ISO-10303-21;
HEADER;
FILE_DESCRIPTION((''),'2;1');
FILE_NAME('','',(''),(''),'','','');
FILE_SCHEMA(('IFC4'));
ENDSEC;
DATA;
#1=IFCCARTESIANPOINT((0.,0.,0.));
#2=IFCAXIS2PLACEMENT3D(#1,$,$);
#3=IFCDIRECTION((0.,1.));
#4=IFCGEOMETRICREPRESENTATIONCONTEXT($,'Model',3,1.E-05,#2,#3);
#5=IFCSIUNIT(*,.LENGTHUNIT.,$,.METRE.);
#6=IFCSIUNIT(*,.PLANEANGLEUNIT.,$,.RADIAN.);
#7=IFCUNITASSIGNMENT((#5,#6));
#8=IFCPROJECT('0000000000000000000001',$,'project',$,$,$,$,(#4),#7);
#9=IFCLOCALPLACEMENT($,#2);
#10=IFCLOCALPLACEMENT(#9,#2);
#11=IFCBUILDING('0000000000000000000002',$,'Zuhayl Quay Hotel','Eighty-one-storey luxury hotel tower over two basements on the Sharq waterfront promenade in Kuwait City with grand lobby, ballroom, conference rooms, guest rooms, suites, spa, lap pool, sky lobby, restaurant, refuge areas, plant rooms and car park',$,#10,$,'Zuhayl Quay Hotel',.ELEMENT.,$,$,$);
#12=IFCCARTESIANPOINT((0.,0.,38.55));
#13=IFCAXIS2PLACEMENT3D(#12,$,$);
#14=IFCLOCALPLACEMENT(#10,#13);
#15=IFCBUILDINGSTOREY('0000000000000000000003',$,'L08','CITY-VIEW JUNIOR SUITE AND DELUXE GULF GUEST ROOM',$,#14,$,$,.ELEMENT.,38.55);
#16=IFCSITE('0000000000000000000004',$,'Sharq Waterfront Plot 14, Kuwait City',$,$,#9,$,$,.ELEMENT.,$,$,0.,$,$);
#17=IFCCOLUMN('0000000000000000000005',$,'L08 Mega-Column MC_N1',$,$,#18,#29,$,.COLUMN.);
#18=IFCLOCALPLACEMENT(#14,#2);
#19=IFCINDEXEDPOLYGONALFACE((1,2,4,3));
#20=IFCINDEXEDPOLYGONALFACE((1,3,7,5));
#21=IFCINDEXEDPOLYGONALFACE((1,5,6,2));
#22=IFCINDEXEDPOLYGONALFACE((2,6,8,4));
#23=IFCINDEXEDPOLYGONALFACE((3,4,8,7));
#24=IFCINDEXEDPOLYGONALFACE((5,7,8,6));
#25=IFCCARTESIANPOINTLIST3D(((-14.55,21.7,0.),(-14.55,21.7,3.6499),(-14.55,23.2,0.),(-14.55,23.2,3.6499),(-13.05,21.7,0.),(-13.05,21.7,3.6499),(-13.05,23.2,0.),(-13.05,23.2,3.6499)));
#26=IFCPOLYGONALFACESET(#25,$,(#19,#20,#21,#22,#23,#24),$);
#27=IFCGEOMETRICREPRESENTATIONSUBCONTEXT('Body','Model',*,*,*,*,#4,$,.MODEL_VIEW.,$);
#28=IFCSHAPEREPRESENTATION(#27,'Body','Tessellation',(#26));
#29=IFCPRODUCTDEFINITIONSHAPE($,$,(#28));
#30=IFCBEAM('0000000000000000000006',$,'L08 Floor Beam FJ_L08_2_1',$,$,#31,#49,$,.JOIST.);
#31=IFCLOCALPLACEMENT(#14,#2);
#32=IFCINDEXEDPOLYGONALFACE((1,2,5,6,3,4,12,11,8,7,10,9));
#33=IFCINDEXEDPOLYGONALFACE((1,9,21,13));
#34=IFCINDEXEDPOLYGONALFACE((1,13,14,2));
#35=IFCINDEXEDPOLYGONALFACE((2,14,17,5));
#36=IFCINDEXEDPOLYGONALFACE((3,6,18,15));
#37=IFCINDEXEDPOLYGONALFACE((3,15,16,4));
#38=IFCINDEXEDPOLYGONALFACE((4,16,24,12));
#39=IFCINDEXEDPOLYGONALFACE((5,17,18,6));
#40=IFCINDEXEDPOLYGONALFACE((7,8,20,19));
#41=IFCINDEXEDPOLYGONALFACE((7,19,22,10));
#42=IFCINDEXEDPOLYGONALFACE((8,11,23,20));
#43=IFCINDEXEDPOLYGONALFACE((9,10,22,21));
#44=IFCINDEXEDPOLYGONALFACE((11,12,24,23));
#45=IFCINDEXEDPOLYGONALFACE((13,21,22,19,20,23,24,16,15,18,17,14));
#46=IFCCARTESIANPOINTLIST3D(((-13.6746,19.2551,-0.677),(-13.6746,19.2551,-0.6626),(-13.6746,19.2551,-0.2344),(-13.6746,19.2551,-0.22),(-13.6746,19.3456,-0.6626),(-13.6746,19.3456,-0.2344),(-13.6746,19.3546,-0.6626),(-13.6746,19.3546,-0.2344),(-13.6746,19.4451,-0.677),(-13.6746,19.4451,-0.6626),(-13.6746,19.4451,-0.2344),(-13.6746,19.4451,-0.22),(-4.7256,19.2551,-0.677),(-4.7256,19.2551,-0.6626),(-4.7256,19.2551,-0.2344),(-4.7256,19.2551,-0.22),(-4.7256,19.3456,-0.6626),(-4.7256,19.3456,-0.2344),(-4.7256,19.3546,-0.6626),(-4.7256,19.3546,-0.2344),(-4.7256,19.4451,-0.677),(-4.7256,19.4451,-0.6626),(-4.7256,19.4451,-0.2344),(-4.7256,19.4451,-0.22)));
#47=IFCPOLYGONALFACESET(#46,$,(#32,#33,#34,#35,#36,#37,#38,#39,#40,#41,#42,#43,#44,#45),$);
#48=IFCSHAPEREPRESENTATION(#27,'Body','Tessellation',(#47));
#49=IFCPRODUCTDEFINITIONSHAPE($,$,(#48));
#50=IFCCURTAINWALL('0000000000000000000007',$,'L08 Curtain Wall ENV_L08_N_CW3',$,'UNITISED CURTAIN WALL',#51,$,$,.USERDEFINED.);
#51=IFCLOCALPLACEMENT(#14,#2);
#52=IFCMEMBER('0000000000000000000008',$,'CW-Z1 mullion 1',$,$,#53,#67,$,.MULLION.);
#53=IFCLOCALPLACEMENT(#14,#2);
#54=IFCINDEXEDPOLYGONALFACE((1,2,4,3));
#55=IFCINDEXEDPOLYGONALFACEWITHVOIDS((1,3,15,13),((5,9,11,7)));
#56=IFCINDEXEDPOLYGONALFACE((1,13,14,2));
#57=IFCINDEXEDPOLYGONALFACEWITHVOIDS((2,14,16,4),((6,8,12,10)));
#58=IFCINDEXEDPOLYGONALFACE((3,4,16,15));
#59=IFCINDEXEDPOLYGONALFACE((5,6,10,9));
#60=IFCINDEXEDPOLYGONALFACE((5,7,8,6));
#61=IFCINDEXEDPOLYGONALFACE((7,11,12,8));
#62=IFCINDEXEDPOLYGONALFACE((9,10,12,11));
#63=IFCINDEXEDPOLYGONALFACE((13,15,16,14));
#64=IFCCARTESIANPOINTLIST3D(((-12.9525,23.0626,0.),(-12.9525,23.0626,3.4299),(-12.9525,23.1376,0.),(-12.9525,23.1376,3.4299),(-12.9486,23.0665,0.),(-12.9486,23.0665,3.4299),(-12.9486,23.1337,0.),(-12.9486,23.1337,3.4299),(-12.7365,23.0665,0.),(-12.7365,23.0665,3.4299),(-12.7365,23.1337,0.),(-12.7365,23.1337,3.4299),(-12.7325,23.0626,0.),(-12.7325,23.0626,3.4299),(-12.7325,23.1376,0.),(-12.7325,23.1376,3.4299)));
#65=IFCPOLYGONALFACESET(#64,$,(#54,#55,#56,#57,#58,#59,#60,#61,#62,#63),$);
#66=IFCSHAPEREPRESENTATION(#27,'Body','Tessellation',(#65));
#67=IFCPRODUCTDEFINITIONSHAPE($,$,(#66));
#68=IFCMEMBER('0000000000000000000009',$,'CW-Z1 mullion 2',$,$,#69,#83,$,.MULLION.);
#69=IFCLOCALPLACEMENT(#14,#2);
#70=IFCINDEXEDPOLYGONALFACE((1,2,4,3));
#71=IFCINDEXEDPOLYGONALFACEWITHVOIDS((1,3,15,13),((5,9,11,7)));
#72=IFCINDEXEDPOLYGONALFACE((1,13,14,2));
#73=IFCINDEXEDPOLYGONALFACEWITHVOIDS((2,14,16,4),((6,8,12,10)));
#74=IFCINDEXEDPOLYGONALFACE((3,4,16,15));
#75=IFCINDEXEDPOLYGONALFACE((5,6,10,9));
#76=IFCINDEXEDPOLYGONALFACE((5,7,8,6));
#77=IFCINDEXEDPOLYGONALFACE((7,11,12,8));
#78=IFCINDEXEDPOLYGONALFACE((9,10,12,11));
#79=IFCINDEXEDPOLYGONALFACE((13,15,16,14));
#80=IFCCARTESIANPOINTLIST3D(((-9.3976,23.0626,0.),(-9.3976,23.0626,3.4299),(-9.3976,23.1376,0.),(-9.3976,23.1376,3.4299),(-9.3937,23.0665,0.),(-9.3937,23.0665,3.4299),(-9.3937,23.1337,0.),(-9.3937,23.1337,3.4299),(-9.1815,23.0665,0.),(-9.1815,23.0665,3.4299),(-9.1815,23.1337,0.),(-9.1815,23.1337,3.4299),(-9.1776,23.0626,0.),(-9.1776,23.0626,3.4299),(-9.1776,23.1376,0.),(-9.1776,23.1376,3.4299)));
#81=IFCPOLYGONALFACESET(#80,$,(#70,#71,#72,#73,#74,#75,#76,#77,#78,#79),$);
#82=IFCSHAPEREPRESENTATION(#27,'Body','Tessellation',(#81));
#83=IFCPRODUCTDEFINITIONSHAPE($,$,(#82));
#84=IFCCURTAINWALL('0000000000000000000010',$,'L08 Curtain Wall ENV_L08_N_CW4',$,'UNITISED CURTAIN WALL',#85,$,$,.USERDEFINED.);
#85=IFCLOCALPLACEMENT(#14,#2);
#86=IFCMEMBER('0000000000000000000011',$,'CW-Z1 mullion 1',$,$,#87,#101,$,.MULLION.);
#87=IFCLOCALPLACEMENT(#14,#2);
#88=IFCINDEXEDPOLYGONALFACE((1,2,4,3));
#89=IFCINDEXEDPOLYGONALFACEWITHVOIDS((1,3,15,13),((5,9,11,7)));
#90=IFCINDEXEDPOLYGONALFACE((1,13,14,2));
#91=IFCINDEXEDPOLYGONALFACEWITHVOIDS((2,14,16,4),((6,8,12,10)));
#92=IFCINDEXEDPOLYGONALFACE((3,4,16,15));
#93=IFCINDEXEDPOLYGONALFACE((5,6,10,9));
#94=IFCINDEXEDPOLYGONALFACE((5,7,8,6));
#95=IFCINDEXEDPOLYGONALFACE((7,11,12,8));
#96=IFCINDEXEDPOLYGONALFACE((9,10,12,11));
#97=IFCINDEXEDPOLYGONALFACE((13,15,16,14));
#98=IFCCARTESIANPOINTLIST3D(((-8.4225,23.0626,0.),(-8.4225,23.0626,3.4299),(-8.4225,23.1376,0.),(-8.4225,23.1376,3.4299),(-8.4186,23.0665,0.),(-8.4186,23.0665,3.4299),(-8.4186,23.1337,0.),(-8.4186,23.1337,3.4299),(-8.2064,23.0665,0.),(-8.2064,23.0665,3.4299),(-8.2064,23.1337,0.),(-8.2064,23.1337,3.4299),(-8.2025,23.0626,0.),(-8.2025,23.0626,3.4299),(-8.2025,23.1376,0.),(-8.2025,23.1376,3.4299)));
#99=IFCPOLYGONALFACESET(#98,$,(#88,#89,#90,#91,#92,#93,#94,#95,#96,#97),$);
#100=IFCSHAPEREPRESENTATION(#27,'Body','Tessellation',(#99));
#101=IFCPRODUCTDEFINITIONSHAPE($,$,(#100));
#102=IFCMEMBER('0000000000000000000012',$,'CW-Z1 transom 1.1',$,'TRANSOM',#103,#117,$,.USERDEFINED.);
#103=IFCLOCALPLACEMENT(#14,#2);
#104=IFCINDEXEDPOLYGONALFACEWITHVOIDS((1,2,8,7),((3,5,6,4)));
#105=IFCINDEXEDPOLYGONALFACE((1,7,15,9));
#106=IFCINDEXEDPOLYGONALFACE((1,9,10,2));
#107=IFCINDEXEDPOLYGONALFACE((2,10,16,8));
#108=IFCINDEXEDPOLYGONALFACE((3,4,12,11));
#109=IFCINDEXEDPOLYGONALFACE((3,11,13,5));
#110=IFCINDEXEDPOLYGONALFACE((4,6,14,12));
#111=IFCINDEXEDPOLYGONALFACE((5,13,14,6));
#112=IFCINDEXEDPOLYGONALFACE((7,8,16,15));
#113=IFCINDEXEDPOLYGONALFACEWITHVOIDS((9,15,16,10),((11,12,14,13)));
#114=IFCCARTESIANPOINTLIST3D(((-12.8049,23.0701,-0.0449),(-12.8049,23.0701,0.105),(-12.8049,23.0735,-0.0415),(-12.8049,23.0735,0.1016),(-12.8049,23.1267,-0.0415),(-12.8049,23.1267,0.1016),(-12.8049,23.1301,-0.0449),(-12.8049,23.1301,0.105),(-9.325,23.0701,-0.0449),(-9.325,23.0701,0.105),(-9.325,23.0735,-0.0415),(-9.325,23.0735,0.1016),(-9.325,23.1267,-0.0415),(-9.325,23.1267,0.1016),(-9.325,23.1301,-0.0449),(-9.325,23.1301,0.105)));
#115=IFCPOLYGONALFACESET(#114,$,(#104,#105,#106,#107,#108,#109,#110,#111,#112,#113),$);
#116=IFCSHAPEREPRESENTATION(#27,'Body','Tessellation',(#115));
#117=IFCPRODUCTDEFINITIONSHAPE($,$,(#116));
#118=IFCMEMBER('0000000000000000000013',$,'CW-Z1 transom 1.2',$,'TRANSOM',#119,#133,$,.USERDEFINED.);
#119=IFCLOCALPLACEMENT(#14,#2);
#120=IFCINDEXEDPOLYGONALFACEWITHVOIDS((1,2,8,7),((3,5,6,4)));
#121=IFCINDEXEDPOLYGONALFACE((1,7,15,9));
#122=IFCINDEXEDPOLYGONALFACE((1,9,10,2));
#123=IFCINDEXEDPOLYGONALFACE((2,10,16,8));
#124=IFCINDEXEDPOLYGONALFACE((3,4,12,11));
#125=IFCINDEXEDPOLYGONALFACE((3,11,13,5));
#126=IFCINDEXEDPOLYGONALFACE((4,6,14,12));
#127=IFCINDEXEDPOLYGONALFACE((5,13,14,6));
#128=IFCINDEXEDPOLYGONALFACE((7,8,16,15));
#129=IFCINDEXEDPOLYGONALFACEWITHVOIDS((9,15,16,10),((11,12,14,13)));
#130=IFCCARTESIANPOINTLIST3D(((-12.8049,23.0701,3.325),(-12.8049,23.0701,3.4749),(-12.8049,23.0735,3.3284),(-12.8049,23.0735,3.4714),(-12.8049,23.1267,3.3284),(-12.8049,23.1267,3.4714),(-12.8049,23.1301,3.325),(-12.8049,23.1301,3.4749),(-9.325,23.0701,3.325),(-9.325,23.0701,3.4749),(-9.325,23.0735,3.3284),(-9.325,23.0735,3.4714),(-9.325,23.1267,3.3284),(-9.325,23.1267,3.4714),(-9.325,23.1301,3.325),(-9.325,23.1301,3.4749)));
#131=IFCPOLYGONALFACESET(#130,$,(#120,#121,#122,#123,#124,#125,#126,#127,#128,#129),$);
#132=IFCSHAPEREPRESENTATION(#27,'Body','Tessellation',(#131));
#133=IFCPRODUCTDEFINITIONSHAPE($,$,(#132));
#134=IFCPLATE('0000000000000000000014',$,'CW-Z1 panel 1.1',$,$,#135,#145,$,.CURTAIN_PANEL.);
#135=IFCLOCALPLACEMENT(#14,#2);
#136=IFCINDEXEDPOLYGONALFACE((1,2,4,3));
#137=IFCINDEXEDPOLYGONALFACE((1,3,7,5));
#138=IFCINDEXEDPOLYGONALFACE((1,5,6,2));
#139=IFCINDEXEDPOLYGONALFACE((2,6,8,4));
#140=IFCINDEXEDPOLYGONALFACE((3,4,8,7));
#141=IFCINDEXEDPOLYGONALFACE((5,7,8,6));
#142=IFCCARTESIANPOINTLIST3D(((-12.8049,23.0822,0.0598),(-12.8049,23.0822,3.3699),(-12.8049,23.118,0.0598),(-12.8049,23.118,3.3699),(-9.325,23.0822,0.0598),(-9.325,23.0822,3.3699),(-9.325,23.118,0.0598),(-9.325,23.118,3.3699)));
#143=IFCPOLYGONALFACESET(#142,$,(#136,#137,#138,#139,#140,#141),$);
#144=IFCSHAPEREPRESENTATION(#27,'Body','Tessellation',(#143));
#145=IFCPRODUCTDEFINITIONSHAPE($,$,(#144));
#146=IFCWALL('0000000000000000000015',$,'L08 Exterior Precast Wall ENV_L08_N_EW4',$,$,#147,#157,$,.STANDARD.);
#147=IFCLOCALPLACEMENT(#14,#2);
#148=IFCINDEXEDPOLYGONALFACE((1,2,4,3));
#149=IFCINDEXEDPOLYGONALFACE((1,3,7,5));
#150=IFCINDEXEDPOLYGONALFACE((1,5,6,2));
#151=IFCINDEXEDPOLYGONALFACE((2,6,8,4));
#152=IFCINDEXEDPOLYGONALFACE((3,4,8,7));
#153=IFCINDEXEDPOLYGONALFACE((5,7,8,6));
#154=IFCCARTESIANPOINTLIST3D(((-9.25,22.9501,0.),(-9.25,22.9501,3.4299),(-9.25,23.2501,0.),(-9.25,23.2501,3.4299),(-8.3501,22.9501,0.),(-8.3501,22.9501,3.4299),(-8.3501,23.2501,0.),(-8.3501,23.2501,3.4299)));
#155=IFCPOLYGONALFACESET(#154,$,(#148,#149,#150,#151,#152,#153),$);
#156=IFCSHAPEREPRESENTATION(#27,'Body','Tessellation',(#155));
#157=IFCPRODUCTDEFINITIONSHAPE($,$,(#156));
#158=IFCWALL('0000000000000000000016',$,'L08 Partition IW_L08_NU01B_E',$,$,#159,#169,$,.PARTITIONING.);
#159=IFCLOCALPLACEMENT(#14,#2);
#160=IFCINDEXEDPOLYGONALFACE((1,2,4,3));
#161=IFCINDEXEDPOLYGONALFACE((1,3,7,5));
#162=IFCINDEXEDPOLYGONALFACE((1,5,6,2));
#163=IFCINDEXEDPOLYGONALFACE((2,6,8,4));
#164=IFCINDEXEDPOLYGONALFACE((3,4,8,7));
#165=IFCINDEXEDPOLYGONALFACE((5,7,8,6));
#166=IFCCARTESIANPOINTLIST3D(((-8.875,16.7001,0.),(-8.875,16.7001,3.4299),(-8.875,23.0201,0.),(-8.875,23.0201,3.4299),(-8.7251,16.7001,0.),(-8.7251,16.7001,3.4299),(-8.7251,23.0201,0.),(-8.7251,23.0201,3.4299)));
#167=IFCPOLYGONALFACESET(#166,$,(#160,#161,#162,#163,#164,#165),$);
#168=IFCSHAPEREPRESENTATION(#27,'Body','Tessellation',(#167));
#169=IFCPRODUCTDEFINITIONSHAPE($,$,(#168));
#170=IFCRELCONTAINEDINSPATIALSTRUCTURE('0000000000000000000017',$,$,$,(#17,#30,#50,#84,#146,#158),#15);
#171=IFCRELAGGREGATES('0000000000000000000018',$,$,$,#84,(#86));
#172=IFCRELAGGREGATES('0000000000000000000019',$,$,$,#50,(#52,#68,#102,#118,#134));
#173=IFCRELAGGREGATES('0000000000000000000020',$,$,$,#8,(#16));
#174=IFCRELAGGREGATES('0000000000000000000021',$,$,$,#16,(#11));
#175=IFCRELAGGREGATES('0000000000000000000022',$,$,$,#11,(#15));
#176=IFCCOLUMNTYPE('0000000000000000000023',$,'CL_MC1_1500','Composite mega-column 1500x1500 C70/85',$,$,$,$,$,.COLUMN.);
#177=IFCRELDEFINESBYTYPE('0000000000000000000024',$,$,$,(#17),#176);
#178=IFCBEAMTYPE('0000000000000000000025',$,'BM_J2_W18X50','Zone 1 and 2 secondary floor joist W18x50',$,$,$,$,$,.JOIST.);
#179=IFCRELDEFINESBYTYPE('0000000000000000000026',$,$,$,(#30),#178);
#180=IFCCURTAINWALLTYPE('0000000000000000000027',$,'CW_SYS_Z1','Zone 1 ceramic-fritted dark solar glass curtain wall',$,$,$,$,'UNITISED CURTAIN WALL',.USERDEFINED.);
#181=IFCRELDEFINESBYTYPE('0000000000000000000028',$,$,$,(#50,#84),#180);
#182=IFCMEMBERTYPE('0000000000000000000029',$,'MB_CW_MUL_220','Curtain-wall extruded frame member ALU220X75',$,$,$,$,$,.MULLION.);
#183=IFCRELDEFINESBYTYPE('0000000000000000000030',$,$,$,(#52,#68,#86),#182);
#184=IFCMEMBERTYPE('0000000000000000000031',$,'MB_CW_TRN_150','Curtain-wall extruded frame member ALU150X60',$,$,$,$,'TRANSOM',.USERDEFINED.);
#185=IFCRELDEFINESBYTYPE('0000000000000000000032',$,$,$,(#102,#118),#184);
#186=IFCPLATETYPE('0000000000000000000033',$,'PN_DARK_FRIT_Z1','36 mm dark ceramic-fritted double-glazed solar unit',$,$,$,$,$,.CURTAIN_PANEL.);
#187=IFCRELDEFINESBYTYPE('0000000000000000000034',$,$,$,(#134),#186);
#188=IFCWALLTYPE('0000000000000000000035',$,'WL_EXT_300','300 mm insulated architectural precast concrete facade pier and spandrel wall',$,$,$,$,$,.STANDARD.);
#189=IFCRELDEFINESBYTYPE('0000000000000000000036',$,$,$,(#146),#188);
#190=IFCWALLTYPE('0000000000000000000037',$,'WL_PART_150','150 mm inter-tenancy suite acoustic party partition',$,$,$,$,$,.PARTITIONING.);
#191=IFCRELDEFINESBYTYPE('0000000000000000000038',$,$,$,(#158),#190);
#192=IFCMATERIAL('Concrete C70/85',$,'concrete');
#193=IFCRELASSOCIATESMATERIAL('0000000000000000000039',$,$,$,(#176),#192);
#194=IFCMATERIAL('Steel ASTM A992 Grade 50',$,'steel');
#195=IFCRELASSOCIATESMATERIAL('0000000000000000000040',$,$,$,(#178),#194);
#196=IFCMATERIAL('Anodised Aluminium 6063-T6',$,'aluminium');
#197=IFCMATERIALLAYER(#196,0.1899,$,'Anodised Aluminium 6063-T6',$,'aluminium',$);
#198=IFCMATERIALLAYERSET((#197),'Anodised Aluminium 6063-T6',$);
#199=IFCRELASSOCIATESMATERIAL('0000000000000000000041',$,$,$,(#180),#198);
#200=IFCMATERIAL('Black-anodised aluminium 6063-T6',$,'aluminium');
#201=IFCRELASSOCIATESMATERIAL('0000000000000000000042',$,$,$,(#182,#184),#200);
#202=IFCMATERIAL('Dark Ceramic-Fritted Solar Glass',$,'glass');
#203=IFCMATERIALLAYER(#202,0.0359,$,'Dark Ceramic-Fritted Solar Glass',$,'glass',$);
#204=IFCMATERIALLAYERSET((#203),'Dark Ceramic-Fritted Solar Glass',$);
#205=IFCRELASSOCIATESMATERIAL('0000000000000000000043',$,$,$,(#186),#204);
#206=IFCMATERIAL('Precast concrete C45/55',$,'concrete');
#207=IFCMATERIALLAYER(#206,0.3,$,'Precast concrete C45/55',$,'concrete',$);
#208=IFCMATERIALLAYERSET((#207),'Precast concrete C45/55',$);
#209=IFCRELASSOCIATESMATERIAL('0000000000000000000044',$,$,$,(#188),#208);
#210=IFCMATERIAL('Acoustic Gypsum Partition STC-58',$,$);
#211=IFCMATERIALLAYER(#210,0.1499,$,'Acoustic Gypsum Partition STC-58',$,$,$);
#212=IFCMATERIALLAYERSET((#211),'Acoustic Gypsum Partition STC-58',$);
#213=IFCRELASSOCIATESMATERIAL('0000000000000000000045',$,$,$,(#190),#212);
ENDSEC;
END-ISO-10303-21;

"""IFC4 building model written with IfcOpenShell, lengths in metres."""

from ifc_helpers import new_model, si_unit, direction, frame, frame_2d, origin, origin_2d, place, context, subcontext, project, spatial, rectangle, hollow_rectangle, i_section, extrude, material, layer, layer_set, material_profile, profile_set, type_object, element, aggregate, save


model = new_model("IFC4")

# Units and contexts
model_context = context("Model", 3, precision=1e-05, world=origin(), true_north=direction((0.0, 1.0)))
body_context = subcontext(model_context, "Body", "Model", "MODEL_VIEW")
ifc_project = project(units=[si_unit("LENGTHUNIT", "METRE"), si_unit("PLANEANGLEUNIT", "RADIAN")], contexts=[model_context])

# Site, building, storey
site_placement = place(None, origin())
site = spatial("IfcSite", under=ifc_project, at=site_placement, Name="Sharq Waterfront Plot 14, Kuwait City", CompositionType="ELEMENT", RefElevation=0.0)
building_placement = place(site_placement, origin())
building = spatial("IfcBuilding", under=site, at=building_placement, Name="Zuhayl Quay Hotel", Description="Eighty-one-storey luxury hotel tower over two basements on the Sharq waterfront promenade in Kuwait City with grand lobby, ballroom, conference rooms, guest rooms, suites, spa, lap pool, sky lobby, restaurant, refuge areas, plant rooms and car park", LongName="Zuhayl Quay Hotel", CompositionType="ELEMENT")
storey_placement = place(building_placement, frame((0.0, 0.0, 38.55)))
storey = spatial("IfcBuildingStorey", under=building, at=storey_placement, Name="L08", Description="CITY-VIEW JUNIOR SUITE AND DELUXE GULF GUEST ROOM", CompositionType="ELEMENT", Elevation=38.55)

# Column
ifc_material_1 = material(Name="Concrete C70/85", Category="concrete")
ifc_material_profile_1 = material_profile(ifc_material_1, rectangle(XDim=1.5, YDim=1.5, at=origin_2d()), Name="RC1500X1500")
ifc_profile_set_1 = profile_set([ifc_material_profile_1], Name="Concrete C70/85")
column_type = type_object("IfcColumnType", Name="CL_MC1_1500", Description="Composite mega-column 1500x1500 C70/85", PredefinedType="COLUMN", material=ifc_profile_set_1)
column_placement = place(storey_placement, frame((-13.8, 22.45, 0.0), z_axis=(0.0, 0.0, 1.0), x_axis=(1.0, 0.0, 0.0)))
element("IfcColumn", 1, at=column_placement, inside=storey, type_object=column_type, Name="L08 Mega-Column MC_N1", PredefinedType="COLUMN", context=body_context, shape_type="SweptSolid", body=[
    extrude(rectangle(XDim=1.5, YDim=1.5, at=origin_2d()), origin(), (0.0, 0.0, 1.0), 3.6499),
])

# Beam
ifc_material_2 = material(Name="Steel ASTM A992 Grade 50", Category="steel")
ifc_material_profile_2 = material_profile(ifc_material_2, i_section(OverallWidth=0.1899, OverallDepth=0.457, WebThickness=0.009, FlangeThickness=0.0144, at=origin_2d()), Name="W18X50")
ifc_profile_set_2 = profile_set([ifc_material_profile_2], Name="Steel ASTM A992 Grade 50")
beam_type = type_object("IfcBeamType", Name="BM_J2_W18X50", Description="Zone 1 and 2 secondary floor joist W18x50", PredefinedType="JOIST", material=ifc_profile_set_2)
beam_placement = place(storey_placement, frame((-13.6746, 19.3501, -0.4485), z_axis=(1.0, 0.0, 0.0), x_axis=(0.0, 1.0, 0.0)))
element("IfcBeam", 2, at=beam_placement, inside=storey, type_object=beam_type, Name="L08 Floor Beam FJ_L08_2_1", PredefinedType="JOIST", context=body_context, shape_type="SweptSolid", body=[
    extrude(i_section(OverallWidth=0.1899, OverallDepth=0.457, WebThickness=0.009, FlangeThickness=0.0144, at=origin_2d()), origin(), (0.0, 0.0, 1.0), 8.949),
])

# Curtain wall, members
ifc_material_3 = material(Name="Anodised Aluminium 6063-T6", Category="aluminium")
ifc_layer_1 = layer(ifc_material_3, 0.1899, Name="Anodised Aluminium 6063-T6", Category="aluminium")
ifc_layer_set_1 = layer_set([ifc_layer_1], Name="Anodised Aluminium 6063-T6")
curtain_wall_type = type_object("IfcCurtainWallType", Name="CW_SYS_Z1", Description="Zone 1 ceramic-fritted dark solar glass curtain wall", ElementType="UNITISED CURTAIN WALL", PredefinedType="USERDEFINED", material=ifc_layer_set_1)
curtain_wall_1_placement = place(storey_placement, origin())
curtain_wall_1 = element("IfcCurtainWall", 3, at=curtain_wall_1_placement, inside=storey, type_object=curtain_wall_type, Name="L08 Curtain Wall ENV_L08_N_CW3", ObjectType="UNITISED CURTAIN WALL", PredefinedType="USERDEFINED")
ifc_material_4 = material(Name="Black-anodised aluminium 6063-T6", Category="aluminium")
ifc_material_profile_3 = material_profile(ifc_material_4, hollow_rectangle(XDim=0.075, YDim=0.22, WallThickness=0.0039, at=origin_2d()), Name="ALU220X75")
ifc_profile_set_3 = profile_set([ifc_material_profile_3], Name="Black-anodised aluminium 6063-T6")
member_type_1 = type_object("IfcMemberType", Name="MB_CW_MUL_220", Description="Curtain-wall extruded frame member ALU220X75", PredefinedType="MULLION", material=ifc_profile_set_3)
member_1_placement = place(storey_placement, frame((-12.8425, 23.1001, 0.0), z_axis=(0.0, 0.0, 1.0), x_axis=(0.0, 1.0, 0.0)))
member_1 = element("IfcMember", 4, at=member_1_placement, type_object=member_type_1, Name="CW-Z1 mullion 1", PredefinedType="MULLION", context=body_context, shape_type="SweptSolid", body=[
    extrude(hollow_rectangle(XDim=0.075, YDim=0.22, WallThickness=0.0039, at=origin_2d()), origin(), (0.0, 0.0, 1.0), 3.4299),
])
member_2_placement = place(storey_placement, frame((-9.2876, 23.1001, 0.0), z_axis=(0.0, 0.0, 1.0), x_axis=(0.0, 1.0, 0.0)))
member_2 = element("IfcMember", 5, at=member_2_placement, type_object=member_type_1, Name="CW-Z1 mullion 2", PredefinedType="MULLION", context=body_context, shape_type="SweptSolid", body=[
    extrude(hollow_rectangle(XDim=0.075, YDim=0.22, WallThickness=0.0039, at=origin_2d()), origin(), (0.0, 0.0, 1.0), 3.4299),
])

# Curtain wall, member
curtain_wall_2_placement = place(storey_placement, origin())
curtain_wall_2 = element("IfcCurtainWall", 6, at=curtain_wall_2_placement, inside=storey, type_object=curtain_wall_type, Name="L08 Curtain Wall ENV_L08_N_CW4", ObjectType="UNITISED CURTAIN WALL", PredefinedType="USERDEFINED")
member_3_placement = place(storey_placement, frame((-8.3125, 23.1001, 0.0), z_axis=(0.0, 0.0, 1.0), x_axis=(0.0, 1.0, 0.0)))
member_3 = element("IfcMember", 7, at=member_3_placement, type_object=member_type_1, Name="CW-Z1 mullion 1", PredefinedType="MULLION", context=body_context, shape_type="SweptSolid", body=[
    extrude(hollow_rectangle(XDim=0.075, YDim=0.22, WallThickness=0.0039, at=origin_2d()), origin(), (0.0, 0.0, 1.0), 3.4299),
])
aggregate(curtain_wall_2, [member_3])

# Members
ifc_material_profile_4 = material_profile(ifc_material_4, hollow_rectangle(XDim=0.0601, YDim=0.1499, WallThickness=0.0034, at=origin_2d()), Name="ALU150X60")
ifc_profile_set_4 = profile_set([ifc_material_profile_4], Name="Black-anodised aluminium 6063-T6")
member_type_2 = type_object("IfcMemberType", Name="MB_CW_TRN_150", Description="Curtain-wall extruded frame member ALU150X60", ElementType="TRANSOM", PredefinedType="USERDEFINED", material=ifc_profile_set_4)
member_4_placement = place(storey_placement, frame((-12.8049, 23.1001, 0.03), z_axis=(1.0, 0.0, 0.0), x_axis=(0.0, 1.0, 0.0)))
member_4 = element("IfcMember", 8, at=member_4_placement, type_object=member_type_2, Name="CW-Z1 transom 1.1", ObjectType="TRANSOM", PredefinedType="USERDEFINED", context=body_context, shape_type="SweptSolid", body=[
    extrude(hollow_rectangle(XDim=0.0601, YDim=0.1499, WallThickness=0.0034, at=origin_2d()), origin(), (0.0, 0.0, 1.0), 3.48),
])
member_5_placement = place(storey_placement, frame((-12.8049, 23.1001, 3.3999), z_axis=(1.0, 0.0, 0.0), x_axis=(0.0, 1.0, 0.0)))
member_5 = element("IfcMember", 9, at=member_5_placement, type_object=member_type_2, Name="CW-Z1 transom 1.2", ObjectType="TRANSOM", PredefinedType="USERDEFINED", context=body_context, shape_type="SweptSolid", body=[
    extrude(hollow_rectangle(XDim=0.0601, YDim=0.1499, WallThickness=0.0034, at=origin_2d()), origin(), (0.0, 0.0, 1.0), 3.48),
])

# Plate
ifc_material_5 = material(Name="Dark Ceramic-Fritted Solar Glass", Category="glass")
ifc_layer_2 = layer(ifc_material_5, 0.0359, Name="Dark Ceramic-Fritted Solar Glass", Category="glass")
ifc_layer_set_2 = layer_set([ifc_layer_2], Name="Dark Ceramic-Fritted Solar Glass")
plate_type = type_object("IfcPlateType", Name="PN_DARK_FRIT_Z1", Description="36 mm dark ceramic-fritted double-glazed solar unit", PredefinedType="CURTAIN_PANEL", material=ifc_layer_set_2)
plate_placement = place(storey_placement, frame((-11.0649, 23.1001, 0.0598), z_axis=(0.0, 0.0, 1.0), x_axis=(1.0, 0.0, 0.0)))
plate = element("IfcPlate", 10, at=plate_placement, type_object=plate_type, Name="CW-Z1 panel 1.1", PredefinedType="CURTAIN_PANEL", context=body_context, shape_type="SweptSolid", body=[
    extrude(rectangle(XDim=3.48, YDim=0.0359, at=origin_2d()), origin(), (0.0, 0.0, 1.0), 3.3101),
])
aggregate(curtain_wall_1, [member_1, member_2, member_4, member_5, plate])

# Walls
ifc_material_6 = material(Name="Precast concrete C45/55", Category="concrete")
ifc_layer_3 = layer(ifc_material_6, 0.3, Name="Precast concrete C45/55", Category="concrete")
ifc_layer_set_3 = layer_set([ifc_layer_3], Name="Precast concrete C45/55")
wall_type_1 = type_object("IfcWallType", Name="WL_EXT_300", Description="300 mm insulated architectural precast concrete facade pier and spandrel wall", PredefinedType="STANDARD", material=ifc_layer_set_3)
wall_1_placement = place(storey_placement, frame((-9.25, 23.1001, 0.0), z_axis=(0.0, 0.0, 1.0), x_axis=(1.0, 0.0, 0.0)))
element("IfcWall", 11, at=wall_1_placement, inside=storey, type_object=wall_type_1, Name="L08 Exterior Precast Wall ENV_L08_N_EW4", PredefinedType="STANDARD", context=body_context, shape_type="SweptSolid", body=[
    extrude(rectangle(XDim=0.8999, YDim=0.3, at=frame_2d((0.45, 0.0))), origin(), (0.0, 0.0, 1.0), 3.4299),
])
ifc_material_7 = material(Name="Acoustic Gypsum Partition STC-58")
ifc_layer_4 = layer(ifc_material_7, 0.1499, Name="Acoustic Gypsum Partition STC-58")
ifc_layer_set_4 = layer_set([ifc_layer_4], Name="Acoustic Gypsum Partition STC-58")
wall_type_2 = type_object("IfcWallType", Name="WL_PART_150", Description="150 mm inter-tenancy suite acoustic party partition", PredefinedType="PARTITIONING", material=ifc_layer_set_4)
wall_2_placement = place(storey_placement, frame((-8.8, 16.7, 0.0), z_axis=(0.0, 0.0, 1.0), x_axis=(0.0, 1.0, 0.0)))
element("IfcWall", 12, at=wall_2_placement, inside=storey, type_object=wall_type_2, Name="L08 Partition IW_L08_NU01B_E", PredefinedType="PARTITIONING", context=body_context, shape_type="SweptSolid", body=[
    extrude(rectangle(XDim=6.3201, YDim=0.1499, at=frame_2d((3.1602, 0.0))), origin(), (0.0, 0.0, 1.0), 3.4299),
])

save(model, "model.ifc")
